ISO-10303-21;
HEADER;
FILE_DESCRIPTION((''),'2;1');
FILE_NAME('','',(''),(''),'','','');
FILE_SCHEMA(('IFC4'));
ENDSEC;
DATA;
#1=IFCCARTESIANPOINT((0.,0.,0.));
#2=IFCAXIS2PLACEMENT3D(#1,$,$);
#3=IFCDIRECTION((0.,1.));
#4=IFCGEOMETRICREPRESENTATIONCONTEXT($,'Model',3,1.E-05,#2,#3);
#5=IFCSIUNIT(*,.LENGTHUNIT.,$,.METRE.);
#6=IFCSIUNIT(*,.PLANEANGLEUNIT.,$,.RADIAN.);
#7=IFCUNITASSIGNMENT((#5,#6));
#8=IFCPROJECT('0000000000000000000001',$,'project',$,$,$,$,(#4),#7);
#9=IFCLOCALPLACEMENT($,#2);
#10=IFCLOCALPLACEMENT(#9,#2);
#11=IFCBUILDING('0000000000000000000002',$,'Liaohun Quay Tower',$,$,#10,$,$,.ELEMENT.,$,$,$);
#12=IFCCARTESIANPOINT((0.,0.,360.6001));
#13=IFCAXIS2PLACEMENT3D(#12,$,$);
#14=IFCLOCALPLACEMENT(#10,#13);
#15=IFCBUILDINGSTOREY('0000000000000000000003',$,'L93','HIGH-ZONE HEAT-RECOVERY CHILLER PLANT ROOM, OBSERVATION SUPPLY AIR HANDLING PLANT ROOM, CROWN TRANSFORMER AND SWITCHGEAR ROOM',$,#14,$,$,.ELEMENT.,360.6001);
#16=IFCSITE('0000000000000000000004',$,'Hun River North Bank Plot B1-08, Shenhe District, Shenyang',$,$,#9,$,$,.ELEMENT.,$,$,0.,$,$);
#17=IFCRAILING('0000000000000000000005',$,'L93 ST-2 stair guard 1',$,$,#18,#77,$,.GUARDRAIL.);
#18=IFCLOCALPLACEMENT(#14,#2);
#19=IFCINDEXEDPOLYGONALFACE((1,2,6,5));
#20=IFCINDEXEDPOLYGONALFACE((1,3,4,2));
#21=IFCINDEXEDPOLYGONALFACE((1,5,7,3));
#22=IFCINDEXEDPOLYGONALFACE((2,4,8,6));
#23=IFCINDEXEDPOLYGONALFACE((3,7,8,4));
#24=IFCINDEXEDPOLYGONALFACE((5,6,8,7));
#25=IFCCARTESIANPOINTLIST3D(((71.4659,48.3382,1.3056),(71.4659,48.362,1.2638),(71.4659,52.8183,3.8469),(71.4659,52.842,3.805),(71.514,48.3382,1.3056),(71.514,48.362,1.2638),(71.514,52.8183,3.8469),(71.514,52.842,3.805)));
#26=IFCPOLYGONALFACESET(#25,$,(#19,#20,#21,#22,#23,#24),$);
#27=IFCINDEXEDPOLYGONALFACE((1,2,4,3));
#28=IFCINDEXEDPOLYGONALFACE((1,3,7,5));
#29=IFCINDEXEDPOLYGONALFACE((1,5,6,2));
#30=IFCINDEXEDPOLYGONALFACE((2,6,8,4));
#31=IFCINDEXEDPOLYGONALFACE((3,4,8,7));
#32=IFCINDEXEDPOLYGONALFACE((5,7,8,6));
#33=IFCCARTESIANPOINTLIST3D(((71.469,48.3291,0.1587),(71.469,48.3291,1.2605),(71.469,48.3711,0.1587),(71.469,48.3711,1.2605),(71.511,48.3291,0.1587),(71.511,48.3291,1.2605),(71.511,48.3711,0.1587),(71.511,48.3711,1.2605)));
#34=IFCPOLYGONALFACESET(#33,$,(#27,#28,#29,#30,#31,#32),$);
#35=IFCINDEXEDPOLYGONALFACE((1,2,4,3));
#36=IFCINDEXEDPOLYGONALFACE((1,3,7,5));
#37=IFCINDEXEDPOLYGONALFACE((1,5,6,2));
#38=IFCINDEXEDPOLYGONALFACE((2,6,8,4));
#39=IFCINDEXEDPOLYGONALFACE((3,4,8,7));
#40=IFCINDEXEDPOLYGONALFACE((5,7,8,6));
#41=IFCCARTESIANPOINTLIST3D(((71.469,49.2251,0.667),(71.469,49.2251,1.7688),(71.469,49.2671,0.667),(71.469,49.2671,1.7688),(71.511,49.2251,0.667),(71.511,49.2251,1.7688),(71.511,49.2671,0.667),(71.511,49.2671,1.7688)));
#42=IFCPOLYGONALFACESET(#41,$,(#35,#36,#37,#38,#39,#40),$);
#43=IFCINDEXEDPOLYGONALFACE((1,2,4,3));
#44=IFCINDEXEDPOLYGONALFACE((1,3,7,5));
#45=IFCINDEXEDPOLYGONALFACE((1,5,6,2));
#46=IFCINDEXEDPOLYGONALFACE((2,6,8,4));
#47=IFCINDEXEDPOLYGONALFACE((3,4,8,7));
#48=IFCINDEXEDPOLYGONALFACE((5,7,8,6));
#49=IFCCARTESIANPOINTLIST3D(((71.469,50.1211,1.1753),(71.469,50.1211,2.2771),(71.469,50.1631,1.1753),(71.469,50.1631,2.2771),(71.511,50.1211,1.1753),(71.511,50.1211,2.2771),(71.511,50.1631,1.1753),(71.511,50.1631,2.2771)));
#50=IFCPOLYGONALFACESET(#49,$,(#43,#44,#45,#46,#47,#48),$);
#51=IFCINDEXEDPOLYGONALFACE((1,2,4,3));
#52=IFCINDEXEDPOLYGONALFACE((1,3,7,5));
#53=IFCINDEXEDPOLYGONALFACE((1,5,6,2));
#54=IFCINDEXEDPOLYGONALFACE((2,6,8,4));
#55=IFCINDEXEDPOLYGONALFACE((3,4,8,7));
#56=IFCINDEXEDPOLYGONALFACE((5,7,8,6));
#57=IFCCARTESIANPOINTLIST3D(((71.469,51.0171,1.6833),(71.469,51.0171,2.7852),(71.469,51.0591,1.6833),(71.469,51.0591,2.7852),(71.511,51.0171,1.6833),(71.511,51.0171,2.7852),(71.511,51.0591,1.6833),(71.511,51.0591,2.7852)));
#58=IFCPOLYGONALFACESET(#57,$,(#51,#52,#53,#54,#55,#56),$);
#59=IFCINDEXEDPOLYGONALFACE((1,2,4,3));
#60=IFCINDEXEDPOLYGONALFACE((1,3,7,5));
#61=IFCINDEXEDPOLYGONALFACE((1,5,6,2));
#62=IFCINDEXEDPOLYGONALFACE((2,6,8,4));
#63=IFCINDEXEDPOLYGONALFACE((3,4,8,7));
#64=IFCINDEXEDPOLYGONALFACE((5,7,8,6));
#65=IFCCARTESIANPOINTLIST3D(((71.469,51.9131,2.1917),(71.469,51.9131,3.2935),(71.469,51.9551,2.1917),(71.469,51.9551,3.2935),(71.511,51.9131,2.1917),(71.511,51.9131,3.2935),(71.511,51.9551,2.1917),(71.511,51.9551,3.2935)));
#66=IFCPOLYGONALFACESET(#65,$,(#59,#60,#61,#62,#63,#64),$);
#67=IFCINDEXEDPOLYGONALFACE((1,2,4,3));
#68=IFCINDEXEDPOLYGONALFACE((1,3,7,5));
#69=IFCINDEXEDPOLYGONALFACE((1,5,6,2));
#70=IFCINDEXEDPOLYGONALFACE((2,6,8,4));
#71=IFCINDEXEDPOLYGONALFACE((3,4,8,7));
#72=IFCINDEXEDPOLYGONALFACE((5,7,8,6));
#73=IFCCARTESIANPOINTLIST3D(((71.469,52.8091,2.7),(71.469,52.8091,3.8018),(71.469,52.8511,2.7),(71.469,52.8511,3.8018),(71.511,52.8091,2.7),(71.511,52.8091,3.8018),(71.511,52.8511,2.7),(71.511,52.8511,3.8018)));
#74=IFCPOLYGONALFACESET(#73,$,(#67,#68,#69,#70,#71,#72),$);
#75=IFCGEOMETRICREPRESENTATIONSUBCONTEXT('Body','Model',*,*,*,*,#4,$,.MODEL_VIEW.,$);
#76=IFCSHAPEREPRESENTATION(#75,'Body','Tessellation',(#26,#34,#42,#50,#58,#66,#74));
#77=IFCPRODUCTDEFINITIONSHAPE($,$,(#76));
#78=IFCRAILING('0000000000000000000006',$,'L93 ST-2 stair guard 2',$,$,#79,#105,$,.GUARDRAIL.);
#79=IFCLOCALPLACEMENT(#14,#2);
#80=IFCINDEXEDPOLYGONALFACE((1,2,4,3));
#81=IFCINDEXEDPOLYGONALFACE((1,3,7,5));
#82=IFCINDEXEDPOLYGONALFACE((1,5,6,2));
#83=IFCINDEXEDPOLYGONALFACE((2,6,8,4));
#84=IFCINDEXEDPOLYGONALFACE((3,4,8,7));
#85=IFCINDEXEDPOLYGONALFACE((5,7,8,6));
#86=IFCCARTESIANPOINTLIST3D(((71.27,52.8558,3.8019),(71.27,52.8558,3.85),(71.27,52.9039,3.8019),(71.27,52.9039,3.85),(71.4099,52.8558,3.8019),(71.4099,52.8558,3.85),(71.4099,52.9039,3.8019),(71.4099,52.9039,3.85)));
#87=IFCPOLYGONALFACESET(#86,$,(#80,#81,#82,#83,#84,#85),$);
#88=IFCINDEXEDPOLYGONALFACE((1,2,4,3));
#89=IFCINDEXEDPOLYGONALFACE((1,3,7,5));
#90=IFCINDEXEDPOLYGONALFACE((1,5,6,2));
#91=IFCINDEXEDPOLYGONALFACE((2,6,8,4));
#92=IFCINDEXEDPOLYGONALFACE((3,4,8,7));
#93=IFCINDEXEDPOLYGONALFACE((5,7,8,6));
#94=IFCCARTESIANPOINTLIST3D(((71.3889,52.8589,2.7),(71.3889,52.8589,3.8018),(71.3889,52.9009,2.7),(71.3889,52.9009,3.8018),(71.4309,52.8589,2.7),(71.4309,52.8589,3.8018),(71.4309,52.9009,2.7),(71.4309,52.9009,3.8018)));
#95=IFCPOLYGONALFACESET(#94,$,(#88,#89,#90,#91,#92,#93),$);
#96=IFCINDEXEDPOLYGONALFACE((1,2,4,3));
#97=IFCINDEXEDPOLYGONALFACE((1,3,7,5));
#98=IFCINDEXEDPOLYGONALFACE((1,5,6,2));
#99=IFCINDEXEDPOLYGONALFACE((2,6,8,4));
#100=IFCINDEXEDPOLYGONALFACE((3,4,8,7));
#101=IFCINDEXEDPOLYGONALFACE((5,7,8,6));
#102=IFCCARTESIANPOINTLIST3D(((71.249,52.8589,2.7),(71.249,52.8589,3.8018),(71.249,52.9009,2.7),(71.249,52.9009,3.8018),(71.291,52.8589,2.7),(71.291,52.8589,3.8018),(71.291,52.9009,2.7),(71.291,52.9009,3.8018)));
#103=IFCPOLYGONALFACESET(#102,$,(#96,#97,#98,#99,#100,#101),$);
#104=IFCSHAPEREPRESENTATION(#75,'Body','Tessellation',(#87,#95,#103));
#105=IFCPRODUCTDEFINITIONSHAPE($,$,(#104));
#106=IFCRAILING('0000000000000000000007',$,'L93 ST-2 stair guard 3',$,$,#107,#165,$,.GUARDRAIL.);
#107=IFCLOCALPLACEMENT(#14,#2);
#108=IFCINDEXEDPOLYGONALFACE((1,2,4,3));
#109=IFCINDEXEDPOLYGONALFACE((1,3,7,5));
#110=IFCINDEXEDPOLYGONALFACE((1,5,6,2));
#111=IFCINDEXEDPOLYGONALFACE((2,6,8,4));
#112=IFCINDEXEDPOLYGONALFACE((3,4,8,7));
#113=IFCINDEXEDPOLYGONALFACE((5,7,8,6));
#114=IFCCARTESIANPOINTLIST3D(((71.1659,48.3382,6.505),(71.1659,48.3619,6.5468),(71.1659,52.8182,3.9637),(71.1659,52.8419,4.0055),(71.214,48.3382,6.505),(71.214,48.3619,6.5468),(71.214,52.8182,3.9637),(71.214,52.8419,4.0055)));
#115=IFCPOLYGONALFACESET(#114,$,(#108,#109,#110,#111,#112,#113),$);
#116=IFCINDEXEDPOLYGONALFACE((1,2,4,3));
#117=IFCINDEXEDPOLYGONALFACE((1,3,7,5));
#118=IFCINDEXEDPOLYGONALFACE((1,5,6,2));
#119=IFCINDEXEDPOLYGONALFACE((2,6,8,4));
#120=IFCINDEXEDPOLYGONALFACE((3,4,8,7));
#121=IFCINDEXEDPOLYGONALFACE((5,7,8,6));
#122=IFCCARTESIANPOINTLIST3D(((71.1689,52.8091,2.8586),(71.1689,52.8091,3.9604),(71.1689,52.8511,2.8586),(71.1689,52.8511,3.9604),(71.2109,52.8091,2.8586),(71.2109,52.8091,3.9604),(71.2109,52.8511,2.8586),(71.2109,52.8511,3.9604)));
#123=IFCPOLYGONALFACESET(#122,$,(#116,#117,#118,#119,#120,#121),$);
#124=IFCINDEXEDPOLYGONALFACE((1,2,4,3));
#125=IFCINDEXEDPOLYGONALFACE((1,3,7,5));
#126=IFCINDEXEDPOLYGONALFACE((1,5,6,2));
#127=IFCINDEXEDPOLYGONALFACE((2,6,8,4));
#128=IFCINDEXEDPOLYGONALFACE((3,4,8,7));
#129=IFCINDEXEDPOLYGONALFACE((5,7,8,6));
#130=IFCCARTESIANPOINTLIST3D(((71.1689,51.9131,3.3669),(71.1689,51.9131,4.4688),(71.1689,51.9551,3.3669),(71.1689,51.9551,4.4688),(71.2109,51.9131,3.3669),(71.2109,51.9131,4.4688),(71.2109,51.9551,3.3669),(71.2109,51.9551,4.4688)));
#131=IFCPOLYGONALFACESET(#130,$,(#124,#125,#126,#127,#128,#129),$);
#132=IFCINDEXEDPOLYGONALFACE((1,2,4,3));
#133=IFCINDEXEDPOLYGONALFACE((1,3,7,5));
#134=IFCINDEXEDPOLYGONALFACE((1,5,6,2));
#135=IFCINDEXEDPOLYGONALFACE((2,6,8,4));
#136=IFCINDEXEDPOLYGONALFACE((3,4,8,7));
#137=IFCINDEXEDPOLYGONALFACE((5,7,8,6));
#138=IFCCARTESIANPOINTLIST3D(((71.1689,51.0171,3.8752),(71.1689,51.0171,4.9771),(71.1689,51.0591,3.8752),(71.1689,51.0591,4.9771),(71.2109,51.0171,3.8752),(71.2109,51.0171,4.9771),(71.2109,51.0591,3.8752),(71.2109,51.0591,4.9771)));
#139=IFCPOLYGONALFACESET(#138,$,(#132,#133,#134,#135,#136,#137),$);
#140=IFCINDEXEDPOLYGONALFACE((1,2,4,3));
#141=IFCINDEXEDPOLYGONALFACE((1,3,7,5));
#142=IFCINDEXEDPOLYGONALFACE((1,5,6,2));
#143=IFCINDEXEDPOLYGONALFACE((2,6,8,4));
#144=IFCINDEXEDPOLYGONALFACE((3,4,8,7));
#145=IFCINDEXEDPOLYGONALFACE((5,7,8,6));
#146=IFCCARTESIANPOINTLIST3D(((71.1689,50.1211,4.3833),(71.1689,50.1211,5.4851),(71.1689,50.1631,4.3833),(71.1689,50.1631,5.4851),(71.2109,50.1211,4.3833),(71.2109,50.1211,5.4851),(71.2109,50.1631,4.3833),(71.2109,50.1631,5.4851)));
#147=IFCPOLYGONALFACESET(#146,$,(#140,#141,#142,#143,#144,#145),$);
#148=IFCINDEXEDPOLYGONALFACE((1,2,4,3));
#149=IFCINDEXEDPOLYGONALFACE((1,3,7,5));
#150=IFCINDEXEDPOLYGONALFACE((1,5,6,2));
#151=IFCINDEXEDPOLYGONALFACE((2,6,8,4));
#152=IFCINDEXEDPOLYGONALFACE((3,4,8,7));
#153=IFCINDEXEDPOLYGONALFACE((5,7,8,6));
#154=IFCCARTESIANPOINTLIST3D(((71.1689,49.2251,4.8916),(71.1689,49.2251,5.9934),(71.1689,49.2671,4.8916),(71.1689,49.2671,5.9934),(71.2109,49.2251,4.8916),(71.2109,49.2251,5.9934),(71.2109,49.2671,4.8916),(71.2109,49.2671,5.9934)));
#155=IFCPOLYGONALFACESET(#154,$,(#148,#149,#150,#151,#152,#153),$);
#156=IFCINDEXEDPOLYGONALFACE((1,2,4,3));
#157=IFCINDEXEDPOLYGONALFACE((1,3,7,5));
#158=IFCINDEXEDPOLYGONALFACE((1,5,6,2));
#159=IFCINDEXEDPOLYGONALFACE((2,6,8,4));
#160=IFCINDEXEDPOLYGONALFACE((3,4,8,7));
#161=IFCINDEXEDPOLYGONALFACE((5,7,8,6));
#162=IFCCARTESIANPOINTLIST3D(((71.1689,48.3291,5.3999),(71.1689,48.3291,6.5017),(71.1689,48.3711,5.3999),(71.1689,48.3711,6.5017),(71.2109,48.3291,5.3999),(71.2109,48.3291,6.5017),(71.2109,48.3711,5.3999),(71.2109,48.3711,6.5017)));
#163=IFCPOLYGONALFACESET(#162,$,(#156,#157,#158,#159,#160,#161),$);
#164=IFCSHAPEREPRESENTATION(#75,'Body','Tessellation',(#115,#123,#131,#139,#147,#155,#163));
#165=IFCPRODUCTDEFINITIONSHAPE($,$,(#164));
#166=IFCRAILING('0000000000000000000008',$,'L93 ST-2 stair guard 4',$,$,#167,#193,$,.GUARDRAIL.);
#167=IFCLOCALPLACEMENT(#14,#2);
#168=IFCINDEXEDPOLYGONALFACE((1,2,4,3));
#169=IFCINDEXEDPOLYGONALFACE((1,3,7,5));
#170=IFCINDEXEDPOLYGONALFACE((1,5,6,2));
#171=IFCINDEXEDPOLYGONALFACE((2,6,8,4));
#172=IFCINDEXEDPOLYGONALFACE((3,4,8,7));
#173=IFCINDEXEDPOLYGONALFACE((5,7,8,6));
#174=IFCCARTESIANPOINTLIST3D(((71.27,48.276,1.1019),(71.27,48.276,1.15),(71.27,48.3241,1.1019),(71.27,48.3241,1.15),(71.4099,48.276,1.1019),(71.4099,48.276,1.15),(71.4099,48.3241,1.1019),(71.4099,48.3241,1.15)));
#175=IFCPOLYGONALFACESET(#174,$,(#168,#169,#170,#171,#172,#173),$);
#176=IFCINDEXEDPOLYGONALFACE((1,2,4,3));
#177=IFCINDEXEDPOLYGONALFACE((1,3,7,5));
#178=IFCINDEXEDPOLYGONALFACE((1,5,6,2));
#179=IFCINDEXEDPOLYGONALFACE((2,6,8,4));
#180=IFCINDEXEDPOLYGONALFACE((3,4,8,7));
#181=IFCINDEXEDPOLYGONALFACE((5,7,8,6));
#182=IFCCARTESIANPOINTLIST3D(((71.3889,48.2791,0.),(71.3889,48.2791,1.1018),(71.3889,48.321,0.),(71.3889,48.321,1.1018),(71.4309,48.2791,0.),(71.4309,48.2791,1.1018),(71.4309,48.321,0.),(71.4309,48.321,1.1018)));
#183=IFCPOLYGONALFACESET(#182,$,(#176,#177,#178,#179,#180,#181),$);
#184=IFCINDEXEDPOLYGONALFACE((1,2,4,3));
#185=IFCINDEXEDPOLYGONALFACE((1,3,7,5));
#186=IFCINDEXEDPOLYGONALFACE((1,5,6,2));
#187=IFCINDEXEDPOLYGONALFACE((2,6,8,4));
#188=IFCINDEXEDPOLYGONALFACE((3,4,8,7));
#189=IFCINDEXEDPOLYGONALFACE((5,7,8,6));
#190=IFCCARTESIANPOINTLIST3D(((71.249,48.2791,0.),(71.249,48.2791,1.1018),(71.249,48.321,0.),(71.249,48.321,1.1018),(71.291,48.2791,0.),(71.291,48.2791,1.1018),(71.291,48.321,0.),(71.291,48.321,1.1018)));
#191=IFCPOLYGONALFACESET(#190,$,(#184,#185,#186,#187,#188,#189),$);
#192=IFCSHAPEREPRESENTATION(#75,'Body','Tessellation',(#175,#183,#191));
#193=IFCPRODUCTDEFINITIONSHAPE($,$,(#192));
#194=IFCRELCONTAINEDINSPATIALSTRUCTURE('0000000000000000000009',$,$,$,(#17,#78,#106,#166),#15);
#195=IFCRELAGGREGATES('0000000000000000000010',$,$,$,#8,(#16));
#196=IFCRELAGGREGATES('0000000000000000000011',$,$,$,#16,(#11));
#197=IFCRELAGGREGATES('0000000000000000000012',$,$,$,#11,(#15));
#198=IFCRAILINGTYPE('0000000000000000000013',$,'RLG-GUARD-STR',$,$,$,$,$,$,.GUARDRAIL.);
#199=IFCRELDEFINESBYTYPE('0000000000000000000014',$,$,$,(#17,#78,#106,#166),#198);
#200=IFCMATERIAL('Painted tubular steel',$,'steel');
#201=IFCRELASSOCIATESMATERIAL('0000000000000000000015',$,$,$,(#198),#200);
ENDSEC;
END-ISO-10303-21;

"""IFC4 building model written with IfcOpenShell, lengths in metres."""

from ifc_helpers import new_model, si_unit, direction, frame, origin, origin_2d, place, context, subcontext, project, spatial, rectangle, extrude, material, type_object, element, save


model = new_model("IFC4")

# Units and contexts
model_context = context("Model", 3, precision=1e-05, world=origin(), true_north=direction((0.0, 1.0)))
body_context = subcontext(model_context, "Body", "Model", "MODEL_VIEW")
ifc_project = project(units=[si_unit("LENGTHUNIT", "METRE"), si_unit("PLANEANGLEUNIT", "RADIAN")], contexts=[model_context])

# Site, building, storey
site_placement = place(None, origin())
site = spatial("IfcSite", under=ifc_project, at=site_placement, Name="Hun River North Bank Plot B1-08, Shenhe District, Shenyang", CompositionType="ELEMENT", RefElevation=0.0)
building_placement = place(site_placement, origin())
building = spatial("IfcBuilding", under=site, at=building_placement, Name="Liaohun Quay Tower", CompositionType="ELEMENT")
storey_placement = place(building_placement, frame((0.0, 0.0, 360.6001)))
storey = spatial("IfcBuildingStorey", under=building, at=storey_placement, Name="L93", Description="HIGH-ZONE HEAT-RECOVERY CHILLER PLANT ROOM, OBSERVATION SUPPLY AIR HANDLING PLANT ROOM, CROWN TRANSFORMER AND SWITCHGEAR ROOM", CompositionType="ELEMENT", Elevation=360.6001)

# Railings
ifc_material_1 = material(Name="Painted tubular steel", Category="steel")
railing_type_1 = type_object("IfcRailingType", Name="RLG-GUARD-STR", PredefinedType="GUARDRAIL", material=ifc_material_1)
railing_1_placement = place(storey_placement, frame((71.49, 48.3501, 0.1587)))
element("IfcRailing", 1, at=railing_1_placement, inside=storey, type_object=railing_type_1, Name="L93 ST-2 stair guard 1", PredefinedType="GUARDRAIL", context=body_context, shape_type="SweptSolid", body=[
    extrude(rectangle(XDim=0.0481, YDim=0.0481, at=origin_2d()), frame((0.0, 0.0, 1.126), z_axis=(0.0, 0.869805, 0.493395), x_axis=(-1.0, 0.0, 0.0)), (0.0, 0.0, 1.0), 5.1506),
    extrude(rectangle(XDim=0.042, YDim=0.042, at=origin_2d()), origin(), (0.0, 0.0, 1.0), 1.1018),
    extrude(rectangle(XDim=0.042, YDim=0.042, at=origin_2d()), frame((0.0, 0.896, 0.5083)), (0.0, 0.0, 1.0), 1.1018),
    extrude(rectangle(XDim=0.042, YDim=0.042, at=origin_2d()), frame((0.0, 1.792, 1.0166)), (0.0, 0.0, 1.0), 1.1018),
    extrude(rectangle(XDim=0.042, YDim=0.042, at=origin_2d()), frame((0.0, 2.688, 1.5247)), (0.0, 0.0, 1.0), 1.1018),
    extrude(rectangle(XDim=0.042, YDim=0.042, at=origin_2d()), frame((0.0, 3.584, 2.033)), (0.0, 0.0, 1.0), 1.1018),
    extrude(rectangle(XDim=0.042, YDim=0.042, at=origin_2d()), frame((0.0, 4.48, 2.5413)), (0.0, 0.0, 1.0), 1.1018),
])
railing_2_placement = place(storey_placement, frame((71.4099, 52.8799, 2.7)))
element("IfcRailing", 2, at=railing_2_placement, inside=storey, type_object=railing_type_1, Name="L93 ST-2 stair guard 2", PredefinedType="GUARDRAIL", context=body_context, shape_type="SweptSolid", body=[
    extrude(rectangle(XDim=0.0481, YDim=0.0481, at=origin_2d()), frame((0.0, 0.0, 1.126), z_axis=(-1.0, 0.0, 0.0), x_axis=(0.0, -1.0, 0.0)), (0.0, 0.0, 1.0), 0.1399),
    extrude(rectangle(XDim=0.042, YDim=0.042, at=origin_2d()), origin(), (0.0, 0.0, 1.0), 1.1018),
    extrude(rectangle(XDim=0.042, YDim=0.042, at=origin_2d()), frame((-0.1399, 0.0, 0.0)), (0.0, 0.0, 1.0), 1.1018),
])
railing_3_placement = place(storey_placement, frame((71.1899, 52.8301, 2.8586)))
element("IfcRailing", 3, at=railing_3_placement, inside=storey, type_object=railing_type_1, Name="L93 ST-2 stair guard 3", PredefinedType="GUARDRAIL", context=body_context, shape_type="SweptSolid", body=[
    extrude(rectangle(XDim=0.0481, YDim=0.0481, at=origin_2d()), frame((0.0, 0.0, 1.126), z_axis=(0.0, -0.869805, 0.493395), x_axis=(1.0, 0.0, 0.0)), (0.0, 0.0, 1.0), 5.1506),
    extrude(rectangle(XDim=0.042, YDim=0.042, at=origin_2d()), origin(), (0.0, 0.0, 1.0), 1.1018),
    extrude(rectangle(XDim=0.042, YDim=0.042, at=origin_2d()), frame((0.0, -0.896, 0.5083)), (0.0, 0.0, 1.0), 1.1018),
    extrude(rectangle(XDim=0.042, YDim=0.042, at=origin_2d()), frame((0.0, -1.792, 1.0166)), (0.0, 0.0, 1.0), 1.1018),
    extrude(rectangle(XDim=0.042, YDim=0.042, at=origin_2d()), frame((0.0, -2.688, 1.5247)), (0.0, 0.0, 1.0), 1.1018),
    extrude(rectangle(XDim=0.042, YDim=0.042, at=origin_2d()), frame((0.0, -3.584, 2.033)), (0.0, 0.0, 1.0), 1.1018),
    extrude(rectangle(XDim=0.042, YDim=0.042, at=origin_2d()), frame((0.0, -4.48, 2.5413)), (0.0, 0.0, 1.0), 1.1018),
])
railing_4_placement = place(storey_placement, frame((71.4099, 48.3, 0.0)))
element("IfcRailing", 4, at=railing_4_placement, inside=storey, type_object=railing_type_1, Name="L93 ST-2 stair guard 4", PredefinedType="GUARDRAIL", context=body_context, shape_type="SweptSolid", body=[
    extrude(rectangle(XDim=0.0481, YDim=0.0481, at=origin_2d()), frame((0.0, 0.0, 1.126), z_axis=(-1.0, 0.0, 0.0), x_axis=(0.0, -1.0, 0.0)), (0.0, 0.0, 1.0), 0.1399),
    extrude(rectangle(XDim=0.042, YDim=0.042, at=origin_2d()), origin(), (0.0, 0.0, 1.0), 1.1018),
    extrude(rectangle(XDim=0.042, YDim=0.042, at=origin_2d()), frame((-0.1399, 0.0, 0.0)), (0.0, 0.0, 1.0), 1.1018),
])

save(model, "model.ifc")
